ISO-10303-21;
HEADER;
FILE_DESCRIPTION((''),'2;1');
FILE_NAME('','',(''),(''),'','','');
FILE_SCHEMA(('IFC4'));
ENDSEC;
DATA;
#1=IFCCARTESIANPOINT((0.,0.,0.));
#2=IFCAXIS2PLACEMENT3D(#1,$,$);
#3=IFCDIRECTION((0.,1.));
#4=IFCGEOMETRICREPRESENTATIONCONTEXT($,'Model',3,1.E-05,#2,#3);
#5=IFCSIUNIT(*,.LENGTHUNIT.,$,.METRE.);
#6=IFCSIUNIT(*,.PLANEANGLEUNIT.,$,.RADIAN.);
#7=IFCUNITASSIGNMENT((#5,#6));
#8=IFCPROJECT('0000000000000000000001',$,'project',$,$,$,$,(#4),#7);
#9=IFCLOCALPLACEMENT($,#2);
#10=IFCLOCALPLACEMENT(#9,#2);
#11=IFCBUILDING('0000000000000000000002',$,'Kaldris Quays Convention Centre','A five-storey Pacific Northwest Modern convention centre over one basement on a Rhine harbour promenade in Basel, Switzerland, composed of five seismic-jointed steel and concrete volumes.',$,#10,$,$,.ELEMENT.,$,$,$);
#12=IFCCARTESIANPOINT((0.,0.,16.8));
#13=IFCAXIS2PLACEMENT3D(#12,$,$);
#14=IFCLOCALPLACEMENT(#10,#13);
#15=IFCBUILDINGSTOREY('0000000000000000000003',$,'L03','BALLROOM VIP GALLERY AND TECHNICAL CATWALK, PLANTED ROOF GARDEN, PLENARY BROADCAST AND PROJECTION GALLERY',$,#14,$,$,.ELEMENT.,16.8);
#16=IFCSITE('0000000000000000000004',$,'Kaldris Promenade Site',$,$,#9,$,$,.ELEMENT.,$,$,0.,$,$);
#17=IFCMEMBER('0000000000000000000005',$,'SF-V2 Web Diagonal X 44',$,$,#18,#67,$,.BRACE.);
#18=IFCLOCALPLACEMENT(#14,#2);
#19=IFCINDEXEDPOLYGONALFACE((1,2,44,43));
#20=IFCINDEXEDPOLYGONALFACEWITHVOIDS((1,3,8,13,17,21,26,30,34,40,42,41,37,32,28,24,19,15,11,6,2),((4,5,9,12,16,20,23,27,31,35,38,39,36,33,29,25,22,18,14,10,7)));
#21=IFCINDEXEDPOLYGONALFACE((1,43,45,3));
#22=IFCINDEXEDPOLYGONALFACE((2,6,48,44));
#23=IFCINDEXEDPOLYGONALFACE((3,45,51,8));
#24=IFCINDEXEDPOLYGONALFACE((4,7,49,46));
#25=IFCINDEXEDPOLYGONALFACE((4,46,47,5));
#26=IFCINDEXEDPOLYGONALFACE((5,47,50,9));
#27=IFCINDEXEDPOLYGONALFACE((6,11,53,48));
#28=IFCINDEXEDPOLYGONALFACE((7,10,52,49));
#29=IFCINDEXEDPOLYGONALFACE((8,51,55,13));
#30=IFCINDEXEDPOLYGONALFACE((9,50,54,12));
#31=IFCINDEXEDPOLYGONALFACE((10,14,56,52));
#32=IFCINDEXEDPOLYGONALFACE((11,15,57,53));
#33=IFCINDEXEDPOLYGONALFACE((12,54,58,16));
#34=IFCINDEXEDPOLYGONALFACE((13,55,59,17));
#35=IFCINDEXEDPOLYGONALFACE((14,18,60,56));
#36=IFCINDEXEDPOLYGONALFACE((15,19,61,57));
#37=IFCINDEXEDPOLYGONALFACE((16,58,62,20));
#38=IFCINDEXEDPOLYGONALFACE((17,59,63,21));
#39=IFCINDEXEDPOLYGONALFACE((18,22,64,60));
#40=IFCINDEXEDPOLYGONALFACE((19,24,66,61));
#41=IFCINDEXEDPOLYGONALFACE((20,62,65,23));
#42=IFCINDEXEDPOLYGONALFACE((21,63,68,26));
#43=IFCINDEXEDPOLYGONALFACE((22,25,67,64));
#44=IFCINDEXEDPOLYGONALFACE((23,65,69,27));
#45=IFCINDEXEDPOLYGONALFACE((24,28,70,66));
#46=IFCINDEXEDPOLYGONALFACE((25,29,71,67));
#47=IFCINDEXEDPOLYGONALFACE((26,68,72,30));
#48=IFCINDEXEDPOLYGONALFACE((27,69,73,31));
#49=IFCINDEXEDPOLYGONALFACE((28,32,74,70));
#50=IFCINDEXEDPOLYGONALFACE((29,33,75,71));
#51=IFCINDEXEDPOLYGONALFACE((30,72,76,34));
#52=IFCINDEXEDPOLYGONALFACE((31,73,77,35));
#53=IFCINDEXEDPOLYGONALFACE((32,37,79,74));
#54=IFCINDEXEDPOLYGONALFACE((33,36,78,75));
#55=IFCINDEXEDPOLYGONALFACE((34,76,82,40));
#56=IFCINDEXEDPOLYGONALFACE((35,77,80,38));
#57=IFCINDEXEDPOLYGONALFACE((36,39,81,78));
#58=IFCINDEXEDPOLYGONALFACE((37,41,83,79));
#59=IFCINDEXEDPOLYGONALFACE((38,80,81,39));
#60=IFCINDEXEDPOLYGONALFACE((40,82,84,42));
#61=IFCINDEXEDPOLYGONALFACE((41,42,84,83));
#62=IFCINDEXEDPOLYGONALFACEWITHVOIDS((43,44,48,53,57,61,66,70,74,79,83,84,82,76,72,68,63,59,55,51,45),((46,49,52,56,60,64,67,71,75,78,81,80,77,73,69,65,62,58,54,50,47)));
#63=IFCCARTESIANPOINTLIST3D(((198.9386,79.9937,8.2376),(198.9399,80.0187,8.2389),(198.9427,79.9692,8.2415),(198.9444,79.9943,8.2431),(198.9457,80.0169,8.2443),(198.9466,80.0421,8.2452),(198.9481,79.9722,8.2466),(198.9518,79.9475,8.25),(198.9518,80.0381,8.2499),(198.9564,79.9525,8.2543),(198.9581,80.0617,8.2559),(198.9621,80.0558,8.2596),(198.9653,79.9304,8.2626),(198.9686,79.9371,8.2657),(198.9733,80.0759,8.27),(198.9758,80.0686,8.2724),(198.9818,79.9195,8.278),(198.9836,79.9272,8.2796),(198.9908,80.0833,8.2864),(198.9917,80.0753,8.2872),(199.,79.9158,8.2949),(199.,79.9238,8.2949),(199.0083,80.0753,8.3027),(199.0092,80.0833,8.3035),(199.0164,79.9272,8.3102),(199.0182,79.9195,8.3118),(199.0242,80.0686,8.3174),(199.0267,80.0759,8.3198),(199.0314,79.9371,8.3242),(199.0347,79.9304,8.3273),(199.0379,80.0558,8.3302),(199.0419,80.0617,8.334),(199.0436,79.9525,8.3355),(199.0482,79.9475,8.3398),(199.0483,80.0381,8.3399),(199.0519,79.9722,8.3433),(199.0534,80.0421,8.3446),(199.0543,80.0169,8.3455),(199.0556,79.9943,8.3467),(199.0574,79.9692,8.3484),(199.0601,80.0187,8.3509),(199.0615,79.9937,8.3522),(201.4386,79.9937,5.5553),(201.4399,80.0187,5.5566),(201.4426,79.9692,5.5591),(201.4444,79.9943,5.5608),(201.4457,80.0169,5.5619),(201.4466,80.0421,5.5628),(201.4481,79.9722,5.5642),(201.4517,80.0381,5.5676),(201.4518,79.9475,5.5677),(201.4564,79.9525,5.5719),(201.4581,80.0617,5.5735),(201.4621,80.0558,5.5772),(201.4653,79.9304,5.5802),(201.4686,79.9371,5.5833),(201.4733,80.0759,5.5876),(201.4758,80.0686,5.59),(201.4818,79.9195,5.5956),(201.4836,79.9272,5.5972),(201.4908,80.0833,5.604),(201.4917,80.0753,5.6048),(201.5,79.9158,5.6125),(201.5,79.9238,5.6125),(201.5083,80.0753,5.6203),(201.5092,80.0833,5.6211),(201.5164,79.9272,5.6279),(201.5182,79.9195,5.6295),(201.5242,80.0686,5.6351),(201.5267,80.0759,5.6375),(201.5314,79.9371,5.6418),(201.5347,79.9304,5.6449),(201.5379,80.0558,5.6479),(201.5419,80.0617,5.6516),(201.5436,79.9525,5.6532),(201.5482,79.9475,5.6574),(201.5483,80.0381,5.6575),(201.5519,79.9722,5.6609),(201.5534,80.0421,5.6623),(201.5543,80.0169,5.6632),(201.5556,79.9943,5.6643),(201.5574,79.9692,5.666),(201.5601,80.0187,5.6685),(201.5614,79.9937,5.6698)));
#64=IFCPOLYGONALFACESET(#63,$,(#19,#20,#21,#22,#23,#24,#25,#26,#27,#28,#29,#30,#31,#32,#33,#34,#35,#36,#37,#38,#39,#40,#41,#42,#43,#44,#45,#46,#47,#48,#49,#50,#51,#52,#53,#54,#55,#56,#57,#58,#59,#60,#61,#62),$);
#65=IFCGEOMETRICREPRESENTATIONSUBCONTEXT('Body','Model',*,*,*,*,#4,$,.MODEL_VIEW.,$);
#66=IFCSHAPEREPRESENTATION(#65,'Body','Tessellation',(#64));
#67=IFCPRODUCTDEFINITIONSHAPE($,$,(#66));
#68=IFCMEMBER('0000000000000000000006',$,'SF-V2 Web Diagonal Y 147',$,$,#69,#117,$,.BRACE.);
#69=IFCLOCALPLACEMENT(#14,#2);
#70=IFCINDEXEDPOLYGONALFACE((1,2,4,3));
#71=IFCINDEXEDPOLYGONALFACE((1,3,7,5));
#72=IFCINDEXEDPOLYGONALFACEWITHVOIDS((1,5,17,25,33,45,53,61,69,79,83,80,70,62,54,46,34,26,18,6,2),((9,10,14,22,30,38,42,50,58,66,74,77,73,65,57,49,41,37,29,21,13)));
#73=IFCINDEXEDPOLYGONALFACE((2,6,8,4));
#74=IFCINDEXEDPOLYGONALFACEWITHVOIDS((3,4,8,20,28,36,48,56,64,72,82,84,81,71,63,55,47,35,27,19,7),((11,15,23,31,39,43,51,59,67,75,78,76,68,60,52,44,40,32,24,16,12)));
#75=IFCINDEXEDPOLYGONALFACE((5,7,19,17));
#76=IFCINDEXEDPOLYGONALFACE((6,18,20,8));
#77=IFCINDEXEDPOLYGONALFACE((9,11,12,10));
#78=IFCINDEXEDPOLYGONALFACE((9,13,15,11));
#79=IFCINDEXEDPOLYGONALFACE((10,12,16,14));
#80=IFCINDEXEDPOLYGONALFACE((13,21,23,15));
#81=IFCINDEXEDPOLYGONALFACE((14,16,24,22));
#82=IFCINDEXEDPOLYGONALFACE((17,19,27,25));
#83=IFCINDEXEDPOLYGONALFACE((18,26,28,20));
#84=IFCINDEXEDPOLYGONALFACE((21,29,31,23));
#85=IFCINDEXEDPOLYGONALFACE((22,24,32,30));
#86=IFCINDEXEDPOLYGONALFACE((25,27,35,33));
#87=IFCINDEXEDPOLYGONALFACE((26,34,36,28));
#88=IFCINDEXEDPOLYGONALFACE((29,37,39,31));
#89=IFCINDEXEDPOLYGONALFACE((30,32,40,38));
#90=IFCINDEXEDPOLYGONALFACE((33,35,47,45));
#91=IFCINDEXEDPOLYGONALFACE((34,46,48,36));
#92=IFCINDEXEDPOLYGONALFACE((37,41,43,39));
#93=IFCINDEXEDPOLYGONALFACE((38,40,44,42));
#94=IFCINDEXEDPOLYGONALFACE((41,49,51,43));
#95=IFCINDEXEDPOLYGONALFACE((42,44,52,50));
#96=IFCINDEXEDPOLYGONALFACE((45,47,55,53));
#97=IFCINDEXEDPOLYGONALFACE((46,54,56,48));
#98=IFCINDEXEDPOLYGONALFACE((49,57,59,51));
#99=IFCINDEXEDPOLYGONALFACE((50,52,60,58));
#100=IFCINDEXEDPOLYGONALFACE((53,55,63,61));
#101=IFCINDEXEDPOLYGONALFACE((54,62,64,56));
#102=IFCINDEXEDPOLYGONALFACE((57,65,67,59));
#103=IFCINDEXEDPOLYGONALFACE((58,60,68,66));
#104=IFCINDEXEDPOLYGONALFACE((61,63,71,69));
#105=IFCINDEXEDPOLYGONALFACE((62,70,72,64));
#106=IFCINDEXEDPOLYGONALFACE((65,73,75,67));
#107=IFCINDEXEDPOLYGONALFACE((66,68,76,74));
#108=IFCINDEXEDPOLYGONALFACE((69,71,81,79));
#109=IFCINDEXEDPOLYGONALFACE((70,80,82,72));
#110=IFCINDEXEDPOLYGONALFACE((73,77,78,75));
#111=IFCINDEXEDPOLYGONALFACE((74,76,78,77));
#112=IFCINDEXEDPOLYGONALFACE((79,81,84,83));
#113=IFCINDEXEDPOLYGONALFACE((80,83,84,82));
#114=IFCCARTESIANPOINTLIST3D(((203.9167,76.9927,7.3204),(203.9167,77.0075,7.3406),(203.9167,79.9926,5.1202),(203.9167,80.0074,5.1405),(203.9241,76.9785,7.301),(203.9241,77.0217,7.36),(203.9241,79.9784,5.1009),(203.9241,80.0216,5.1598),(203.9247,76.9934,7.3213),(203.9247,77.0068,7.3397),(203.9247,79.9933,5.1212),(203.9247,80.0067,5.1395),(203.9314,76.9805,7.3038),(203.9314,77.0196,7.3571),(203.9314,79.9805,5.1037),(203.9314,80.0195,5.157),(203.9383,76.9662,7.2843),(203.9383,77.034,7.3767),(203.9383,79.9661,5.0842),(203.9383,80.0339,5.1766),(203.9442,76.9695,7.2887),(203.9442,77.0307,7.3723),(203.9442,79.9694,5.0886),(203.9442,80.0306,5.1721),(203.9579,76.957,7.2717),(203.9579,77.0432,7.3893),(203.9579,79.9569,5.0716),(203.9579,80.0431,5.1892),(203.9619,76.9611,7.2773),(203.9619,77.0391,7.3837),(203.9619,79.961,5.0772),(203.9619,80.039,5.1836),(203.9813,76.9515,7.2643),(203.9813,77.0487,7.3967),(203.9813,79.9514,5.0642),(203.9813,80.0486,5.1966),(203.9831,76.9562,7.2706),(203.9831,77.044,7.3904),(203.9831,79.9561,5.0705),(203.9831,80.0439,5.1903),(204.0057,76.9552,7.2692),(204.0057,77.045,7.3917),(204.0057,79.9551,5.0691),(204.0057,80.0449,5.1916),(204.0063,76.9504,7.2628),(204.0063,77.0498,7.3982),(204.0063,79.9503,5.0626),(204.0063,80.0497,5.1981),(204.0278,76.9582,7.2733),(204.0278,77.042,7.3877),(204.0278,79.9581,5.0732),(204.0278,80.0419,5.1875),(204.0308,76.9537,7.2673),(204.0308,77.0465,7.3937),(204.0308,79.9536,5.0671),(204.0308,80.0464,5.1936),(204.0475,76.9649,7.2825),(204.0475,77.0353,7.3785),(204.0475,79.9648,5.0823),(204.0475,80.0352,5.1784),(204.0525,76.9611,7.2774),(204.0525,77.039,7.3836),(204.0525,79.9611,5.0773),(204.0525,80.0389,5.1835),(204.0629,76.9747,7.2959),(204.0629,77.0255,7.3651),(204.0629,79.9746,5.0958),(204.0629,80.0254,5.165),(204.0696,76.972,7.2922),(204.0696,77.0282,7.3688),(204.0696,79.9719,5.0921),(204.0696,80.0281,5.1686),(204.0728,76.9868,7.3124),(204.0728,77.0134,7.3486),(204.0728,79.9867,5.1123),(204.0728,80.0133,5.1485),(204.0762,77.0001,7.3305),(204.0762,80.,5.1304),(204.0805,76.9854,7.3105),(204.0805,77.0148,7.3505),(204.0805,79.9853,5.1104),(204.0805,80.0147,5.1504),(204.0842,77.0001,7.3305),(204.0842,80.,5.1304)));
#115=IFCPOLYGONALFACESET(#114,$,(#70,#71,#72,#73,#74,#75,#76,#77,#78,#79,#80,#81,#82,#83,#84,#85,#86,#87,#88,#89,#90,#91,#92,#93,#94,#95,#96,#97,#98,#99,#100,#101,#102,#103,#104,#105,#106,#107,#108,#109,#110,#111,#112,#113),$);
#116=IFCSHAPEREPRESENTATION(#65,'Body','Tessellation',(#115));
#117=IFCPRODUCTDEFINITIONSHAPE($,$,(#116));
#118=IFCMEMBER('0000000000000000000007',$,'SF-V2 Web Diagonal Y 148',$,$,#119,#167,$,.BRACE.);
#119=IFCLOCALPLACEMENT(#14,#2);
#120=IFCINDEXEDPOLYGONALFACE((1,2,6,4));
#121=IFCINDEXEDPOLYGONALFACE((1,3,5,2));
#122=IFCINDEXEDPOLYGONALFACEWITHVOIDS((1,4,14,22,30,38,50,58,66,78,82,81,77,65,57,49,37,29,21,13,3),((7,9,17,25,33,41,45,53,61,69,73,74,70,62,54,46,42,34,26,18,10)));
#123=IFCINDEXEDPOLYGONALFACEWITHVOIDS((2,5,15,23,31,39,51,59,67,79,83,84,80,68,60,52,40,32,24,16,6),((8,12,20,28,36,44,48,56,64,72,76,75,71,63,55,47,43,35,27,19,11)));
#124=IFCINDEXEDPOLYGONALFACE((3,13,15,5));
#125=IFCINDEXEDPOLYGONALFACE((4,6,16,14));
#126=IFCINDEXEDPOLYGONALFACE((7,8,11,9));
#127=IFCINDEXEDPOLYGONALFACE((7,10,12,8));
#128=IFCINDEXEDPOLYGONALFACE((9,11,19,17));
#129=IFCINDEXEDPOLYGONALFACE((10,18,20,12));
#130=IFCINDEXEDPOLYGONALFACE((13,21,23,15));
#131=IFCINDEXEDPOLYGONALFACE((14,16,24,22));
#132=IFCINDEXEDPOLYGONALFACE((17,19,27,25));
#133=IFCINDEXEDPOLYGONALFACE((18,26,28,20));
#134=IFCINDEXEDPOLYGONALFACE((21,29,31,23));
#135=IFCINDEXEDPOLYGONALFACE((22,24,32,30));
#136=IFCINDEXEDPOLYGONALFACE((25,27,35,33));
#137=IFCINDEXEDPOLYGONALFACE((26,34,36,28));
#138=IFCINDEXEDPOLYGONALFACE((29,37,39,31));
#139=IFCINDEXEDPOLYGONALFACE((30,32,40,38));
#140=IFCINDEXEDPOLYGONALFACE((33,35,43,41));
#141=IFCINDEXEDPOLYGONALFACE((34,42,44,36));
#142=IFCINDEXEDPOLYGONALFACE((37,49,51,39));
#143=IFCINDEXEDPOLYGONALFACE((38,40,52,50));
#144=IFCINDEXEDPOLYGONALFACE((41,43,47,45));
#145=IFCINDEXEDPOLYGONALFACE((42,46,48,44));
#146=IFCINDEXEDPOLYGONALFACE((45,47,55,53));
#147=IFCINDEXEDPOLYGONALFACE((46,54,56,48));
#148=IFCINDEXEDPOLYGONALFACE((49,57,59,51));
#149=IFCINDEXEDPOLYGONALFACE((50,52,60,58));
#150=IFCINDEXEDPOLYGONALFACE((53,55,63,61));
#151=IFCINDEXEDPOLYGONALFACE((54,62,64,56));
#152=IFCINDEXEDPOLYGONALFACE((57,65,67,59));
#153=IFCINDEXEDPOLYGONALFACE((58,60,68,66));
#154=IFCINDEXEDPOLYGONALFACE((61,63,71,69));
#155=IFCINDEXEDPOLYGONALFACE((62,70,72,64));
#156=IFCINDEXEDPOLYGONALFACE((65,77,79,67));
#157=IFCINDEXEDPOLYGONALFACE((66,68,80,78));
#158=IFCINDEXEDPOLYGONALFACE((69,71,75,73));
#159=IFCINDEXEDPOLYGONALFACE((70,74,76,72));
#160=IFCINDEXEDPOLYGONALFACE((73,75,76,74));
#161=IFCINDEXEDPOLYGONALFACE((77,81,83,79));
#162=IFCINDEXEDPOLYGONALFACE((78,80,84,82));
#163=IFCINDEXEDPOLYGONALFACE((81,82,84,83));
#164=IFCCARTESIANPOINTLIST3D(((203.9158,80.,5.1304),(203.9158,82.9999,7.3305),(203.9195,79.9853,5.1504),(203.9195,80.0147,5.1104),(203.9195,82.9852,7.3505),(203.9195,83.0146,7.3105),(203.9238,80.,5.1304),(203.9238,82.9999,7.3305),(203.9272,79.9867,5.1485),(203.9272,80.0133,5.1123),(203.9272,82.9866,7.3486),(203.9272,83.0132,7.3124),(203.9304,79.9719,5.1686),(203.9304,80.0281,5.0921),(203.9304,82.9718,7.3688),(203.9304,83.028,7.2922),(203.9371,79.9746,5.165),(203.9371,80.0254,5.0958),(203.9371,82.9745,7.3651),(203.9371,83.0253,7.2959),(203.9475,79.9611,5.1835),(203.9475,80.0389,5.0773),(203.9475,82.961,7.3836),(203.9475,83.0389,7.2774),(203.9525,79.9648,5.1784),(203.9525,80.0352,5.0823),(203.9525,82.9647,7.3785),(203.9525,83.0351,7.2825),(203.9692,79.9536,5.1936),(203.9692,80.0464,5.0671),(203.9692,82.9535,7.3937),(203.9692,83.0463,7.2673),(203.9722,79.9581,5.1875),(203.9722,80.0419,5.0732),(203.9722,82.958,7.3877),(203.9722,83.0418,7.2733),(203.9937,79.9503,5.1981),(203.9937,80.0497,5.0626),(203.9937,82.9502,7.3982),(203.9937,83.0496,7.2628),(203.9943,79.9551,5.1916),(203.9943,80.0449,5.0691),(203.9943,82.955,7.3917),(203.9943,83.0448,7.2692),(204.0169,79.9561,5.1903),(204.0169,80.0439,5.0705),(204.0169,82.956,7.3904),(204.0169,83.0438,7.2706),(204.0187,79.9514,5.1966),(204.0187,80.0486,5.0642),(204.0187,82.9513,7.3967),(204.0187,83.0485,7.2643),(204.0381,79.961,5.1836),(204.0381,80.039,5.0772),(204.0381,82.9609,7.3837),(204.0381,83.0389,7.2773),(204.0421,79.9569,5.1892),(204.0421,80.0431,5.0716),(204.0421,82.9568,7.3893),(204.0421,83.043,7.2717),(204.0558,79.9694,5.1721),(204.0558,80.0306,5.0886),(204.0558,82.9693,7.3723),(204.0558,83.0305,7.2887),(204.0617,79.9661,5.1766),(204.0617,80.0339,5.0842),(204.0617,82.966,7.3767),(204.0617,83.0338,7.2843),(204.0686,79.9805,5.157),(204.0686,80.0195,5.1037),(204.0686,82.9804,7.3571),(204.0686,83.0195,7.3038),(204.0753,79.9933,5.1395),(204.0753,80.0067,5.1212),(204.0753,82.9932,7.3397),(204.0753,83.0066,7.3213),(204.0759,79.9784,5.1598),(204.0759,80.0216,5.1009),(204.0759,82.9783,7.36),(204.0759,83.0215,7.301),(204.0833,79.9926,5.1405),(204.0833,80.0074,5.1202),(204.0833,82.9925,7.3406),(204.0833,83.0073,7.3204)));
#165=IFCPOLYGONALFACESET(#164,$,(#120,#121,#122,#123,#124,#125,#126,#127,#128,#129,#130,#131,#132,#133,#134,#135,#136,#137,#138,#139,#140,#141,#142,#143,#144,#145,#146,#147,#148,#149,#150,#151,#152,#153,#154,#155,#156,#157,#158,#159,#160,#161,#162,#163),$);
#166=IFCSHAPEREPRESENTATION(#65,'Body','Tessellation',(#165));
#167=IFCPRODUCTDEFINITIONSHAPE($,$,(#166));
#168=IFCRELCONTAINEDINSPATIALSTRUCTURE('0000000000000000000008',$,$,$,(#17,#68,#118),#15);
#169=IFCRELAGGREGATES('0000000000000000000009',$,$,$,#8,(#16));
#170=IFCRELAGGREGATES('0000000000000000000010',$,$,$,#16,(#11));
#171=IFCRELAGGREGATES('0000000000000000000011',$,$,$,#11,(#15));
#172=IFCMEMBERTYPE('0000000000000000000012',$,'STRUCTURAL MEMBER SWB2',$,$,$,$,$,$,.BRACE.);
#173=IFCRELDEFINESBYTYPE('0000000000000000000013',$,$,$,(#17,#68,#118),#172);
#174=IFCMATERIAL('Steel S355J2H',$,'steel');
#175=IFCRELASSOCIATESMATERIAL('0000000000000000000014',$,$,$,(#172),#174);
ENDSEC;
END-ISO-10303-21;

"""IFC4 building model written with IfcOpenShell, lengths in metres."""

from ifc_helpers import new_model, si_unit, direction, frame, origin, origin_2d, place, context, subcontext, project, spatial, hollow_circle, extrude, material, material_profile, profile_set, type_object, element, save


model = new_model("IFC4")

# Units and contexts
model_context = context("Model", 3, precision=1e-05, world=origin(), true_north=direction((0.0, 1.0)))
body_context = subcontext(model_context, "Body", "Model", "MODEL_VIEW")
ifc_project = project(units=[si_unit("LENGTHUNIT", "METRE"), si_unit("PLANEANGLEUNIT", "RADIAN")], contexts=[model_context])

# Site, building, storey
site_placement = place(None, origin())
site = spatial("IfcSite", under=ifc_project, at=site_placement, Name="Kaldris Promenade Site", CompositionType="ELEMENT", RefElevation=0.0)
building_placement = place(site_placement, origin())
building = spatial("IfcBuilding", under=site, at=building_placement, Name="Kaldris Quays Convention Centre", Description="A five-storey Pacific Northwest Modern convention centre over one basement on a Rhine harbour promenade in Basel, Switzerland, composed of five seismic-jointed steel and concrete volumes.", CompositionType="ELEMENT")
storey_placement = place(building_placement, frame((0.0, 0.0, 16.8)))
storey = spatial("IfcBuildingStorey", under=building, at=storey_placement, Name="L03", Description="BALLROOM VIP GALLERY AND TECHNICAL CATWALK, PLANTED ROOF GARDEN, PLENARY BROADCAST AND PROJECTION GALLERY", CompositionType="ELEMENT", Elevation=16.8)

# Members
ifc_material_1 = material(Name="Steel S355J2H", Category="steel")
ifc_material_profile_1 = material_profile(ifc_material_1, hollow_circle(Radius=0.0842, WallThickness=0.0081, at=origin_2d()), Name="CHS 168.3x8")
ifc_profile_set_1 = profile_set([ifc_material_profile_1], Name="Steel S355J2H")
member_type_1 = type_object("IfcMemberType", Name="STRUCTURAL MEMBER SWB2", PredefinedType="BRACE", material=ifc_profile_set_1)
member_1_placement = place(storey_placement, frame((201.5, 80.0, 5.6125), z_axis=(-0.681801, 0.0, 0.731538), x_axis=(0.0, -1.0, 0.0)))
element("IfcMember", 1, at=member_1_placement, inside=storey, type_object=member_type_1, Name="SF-V2 Web Diagonal X 44", PredefinedType="BRACE", context=body_context, shape_type="SweptSolid", body=[
    extrude(hollow_circle(Radius=0.0842, WallThickness=0.0081, at=origin_2d()), origin(), (0.0, 0.0, 1.0), 3.6667),
])
for number, where, z_axis, x_axis, name in (
    (2, (204.0, 80.0, 5.1304), (0.0, -0.80638, 0.591398), (1.0, 0.0, 0.0), "SF-V2 Web Diagonal Y 147"),
    (3, (204.0, 80.0, 5.1304), (0.0, 0.80638, 0.591398), (-1.0, 0.0, 0.0), "SF-V2 Web Diagonal Y 148"),
):
    element("IfcMember", number, at=place(storey_placement, frame(where, z_axis=z_axis, x_axis=x_axis)), inside=storey, type_object=member_type_1, Name=name, PredefinedType="BRACE", context=body_context, shape_type="SweptSolid", body=[
        extrude(hollow_circle(Radius=0.0842, WallThickness=0.0081, at=origin_2d()), origin(), (0.0, 0.0, 1.0), 3.7202),
    ])

save(model, "model.ifc")
